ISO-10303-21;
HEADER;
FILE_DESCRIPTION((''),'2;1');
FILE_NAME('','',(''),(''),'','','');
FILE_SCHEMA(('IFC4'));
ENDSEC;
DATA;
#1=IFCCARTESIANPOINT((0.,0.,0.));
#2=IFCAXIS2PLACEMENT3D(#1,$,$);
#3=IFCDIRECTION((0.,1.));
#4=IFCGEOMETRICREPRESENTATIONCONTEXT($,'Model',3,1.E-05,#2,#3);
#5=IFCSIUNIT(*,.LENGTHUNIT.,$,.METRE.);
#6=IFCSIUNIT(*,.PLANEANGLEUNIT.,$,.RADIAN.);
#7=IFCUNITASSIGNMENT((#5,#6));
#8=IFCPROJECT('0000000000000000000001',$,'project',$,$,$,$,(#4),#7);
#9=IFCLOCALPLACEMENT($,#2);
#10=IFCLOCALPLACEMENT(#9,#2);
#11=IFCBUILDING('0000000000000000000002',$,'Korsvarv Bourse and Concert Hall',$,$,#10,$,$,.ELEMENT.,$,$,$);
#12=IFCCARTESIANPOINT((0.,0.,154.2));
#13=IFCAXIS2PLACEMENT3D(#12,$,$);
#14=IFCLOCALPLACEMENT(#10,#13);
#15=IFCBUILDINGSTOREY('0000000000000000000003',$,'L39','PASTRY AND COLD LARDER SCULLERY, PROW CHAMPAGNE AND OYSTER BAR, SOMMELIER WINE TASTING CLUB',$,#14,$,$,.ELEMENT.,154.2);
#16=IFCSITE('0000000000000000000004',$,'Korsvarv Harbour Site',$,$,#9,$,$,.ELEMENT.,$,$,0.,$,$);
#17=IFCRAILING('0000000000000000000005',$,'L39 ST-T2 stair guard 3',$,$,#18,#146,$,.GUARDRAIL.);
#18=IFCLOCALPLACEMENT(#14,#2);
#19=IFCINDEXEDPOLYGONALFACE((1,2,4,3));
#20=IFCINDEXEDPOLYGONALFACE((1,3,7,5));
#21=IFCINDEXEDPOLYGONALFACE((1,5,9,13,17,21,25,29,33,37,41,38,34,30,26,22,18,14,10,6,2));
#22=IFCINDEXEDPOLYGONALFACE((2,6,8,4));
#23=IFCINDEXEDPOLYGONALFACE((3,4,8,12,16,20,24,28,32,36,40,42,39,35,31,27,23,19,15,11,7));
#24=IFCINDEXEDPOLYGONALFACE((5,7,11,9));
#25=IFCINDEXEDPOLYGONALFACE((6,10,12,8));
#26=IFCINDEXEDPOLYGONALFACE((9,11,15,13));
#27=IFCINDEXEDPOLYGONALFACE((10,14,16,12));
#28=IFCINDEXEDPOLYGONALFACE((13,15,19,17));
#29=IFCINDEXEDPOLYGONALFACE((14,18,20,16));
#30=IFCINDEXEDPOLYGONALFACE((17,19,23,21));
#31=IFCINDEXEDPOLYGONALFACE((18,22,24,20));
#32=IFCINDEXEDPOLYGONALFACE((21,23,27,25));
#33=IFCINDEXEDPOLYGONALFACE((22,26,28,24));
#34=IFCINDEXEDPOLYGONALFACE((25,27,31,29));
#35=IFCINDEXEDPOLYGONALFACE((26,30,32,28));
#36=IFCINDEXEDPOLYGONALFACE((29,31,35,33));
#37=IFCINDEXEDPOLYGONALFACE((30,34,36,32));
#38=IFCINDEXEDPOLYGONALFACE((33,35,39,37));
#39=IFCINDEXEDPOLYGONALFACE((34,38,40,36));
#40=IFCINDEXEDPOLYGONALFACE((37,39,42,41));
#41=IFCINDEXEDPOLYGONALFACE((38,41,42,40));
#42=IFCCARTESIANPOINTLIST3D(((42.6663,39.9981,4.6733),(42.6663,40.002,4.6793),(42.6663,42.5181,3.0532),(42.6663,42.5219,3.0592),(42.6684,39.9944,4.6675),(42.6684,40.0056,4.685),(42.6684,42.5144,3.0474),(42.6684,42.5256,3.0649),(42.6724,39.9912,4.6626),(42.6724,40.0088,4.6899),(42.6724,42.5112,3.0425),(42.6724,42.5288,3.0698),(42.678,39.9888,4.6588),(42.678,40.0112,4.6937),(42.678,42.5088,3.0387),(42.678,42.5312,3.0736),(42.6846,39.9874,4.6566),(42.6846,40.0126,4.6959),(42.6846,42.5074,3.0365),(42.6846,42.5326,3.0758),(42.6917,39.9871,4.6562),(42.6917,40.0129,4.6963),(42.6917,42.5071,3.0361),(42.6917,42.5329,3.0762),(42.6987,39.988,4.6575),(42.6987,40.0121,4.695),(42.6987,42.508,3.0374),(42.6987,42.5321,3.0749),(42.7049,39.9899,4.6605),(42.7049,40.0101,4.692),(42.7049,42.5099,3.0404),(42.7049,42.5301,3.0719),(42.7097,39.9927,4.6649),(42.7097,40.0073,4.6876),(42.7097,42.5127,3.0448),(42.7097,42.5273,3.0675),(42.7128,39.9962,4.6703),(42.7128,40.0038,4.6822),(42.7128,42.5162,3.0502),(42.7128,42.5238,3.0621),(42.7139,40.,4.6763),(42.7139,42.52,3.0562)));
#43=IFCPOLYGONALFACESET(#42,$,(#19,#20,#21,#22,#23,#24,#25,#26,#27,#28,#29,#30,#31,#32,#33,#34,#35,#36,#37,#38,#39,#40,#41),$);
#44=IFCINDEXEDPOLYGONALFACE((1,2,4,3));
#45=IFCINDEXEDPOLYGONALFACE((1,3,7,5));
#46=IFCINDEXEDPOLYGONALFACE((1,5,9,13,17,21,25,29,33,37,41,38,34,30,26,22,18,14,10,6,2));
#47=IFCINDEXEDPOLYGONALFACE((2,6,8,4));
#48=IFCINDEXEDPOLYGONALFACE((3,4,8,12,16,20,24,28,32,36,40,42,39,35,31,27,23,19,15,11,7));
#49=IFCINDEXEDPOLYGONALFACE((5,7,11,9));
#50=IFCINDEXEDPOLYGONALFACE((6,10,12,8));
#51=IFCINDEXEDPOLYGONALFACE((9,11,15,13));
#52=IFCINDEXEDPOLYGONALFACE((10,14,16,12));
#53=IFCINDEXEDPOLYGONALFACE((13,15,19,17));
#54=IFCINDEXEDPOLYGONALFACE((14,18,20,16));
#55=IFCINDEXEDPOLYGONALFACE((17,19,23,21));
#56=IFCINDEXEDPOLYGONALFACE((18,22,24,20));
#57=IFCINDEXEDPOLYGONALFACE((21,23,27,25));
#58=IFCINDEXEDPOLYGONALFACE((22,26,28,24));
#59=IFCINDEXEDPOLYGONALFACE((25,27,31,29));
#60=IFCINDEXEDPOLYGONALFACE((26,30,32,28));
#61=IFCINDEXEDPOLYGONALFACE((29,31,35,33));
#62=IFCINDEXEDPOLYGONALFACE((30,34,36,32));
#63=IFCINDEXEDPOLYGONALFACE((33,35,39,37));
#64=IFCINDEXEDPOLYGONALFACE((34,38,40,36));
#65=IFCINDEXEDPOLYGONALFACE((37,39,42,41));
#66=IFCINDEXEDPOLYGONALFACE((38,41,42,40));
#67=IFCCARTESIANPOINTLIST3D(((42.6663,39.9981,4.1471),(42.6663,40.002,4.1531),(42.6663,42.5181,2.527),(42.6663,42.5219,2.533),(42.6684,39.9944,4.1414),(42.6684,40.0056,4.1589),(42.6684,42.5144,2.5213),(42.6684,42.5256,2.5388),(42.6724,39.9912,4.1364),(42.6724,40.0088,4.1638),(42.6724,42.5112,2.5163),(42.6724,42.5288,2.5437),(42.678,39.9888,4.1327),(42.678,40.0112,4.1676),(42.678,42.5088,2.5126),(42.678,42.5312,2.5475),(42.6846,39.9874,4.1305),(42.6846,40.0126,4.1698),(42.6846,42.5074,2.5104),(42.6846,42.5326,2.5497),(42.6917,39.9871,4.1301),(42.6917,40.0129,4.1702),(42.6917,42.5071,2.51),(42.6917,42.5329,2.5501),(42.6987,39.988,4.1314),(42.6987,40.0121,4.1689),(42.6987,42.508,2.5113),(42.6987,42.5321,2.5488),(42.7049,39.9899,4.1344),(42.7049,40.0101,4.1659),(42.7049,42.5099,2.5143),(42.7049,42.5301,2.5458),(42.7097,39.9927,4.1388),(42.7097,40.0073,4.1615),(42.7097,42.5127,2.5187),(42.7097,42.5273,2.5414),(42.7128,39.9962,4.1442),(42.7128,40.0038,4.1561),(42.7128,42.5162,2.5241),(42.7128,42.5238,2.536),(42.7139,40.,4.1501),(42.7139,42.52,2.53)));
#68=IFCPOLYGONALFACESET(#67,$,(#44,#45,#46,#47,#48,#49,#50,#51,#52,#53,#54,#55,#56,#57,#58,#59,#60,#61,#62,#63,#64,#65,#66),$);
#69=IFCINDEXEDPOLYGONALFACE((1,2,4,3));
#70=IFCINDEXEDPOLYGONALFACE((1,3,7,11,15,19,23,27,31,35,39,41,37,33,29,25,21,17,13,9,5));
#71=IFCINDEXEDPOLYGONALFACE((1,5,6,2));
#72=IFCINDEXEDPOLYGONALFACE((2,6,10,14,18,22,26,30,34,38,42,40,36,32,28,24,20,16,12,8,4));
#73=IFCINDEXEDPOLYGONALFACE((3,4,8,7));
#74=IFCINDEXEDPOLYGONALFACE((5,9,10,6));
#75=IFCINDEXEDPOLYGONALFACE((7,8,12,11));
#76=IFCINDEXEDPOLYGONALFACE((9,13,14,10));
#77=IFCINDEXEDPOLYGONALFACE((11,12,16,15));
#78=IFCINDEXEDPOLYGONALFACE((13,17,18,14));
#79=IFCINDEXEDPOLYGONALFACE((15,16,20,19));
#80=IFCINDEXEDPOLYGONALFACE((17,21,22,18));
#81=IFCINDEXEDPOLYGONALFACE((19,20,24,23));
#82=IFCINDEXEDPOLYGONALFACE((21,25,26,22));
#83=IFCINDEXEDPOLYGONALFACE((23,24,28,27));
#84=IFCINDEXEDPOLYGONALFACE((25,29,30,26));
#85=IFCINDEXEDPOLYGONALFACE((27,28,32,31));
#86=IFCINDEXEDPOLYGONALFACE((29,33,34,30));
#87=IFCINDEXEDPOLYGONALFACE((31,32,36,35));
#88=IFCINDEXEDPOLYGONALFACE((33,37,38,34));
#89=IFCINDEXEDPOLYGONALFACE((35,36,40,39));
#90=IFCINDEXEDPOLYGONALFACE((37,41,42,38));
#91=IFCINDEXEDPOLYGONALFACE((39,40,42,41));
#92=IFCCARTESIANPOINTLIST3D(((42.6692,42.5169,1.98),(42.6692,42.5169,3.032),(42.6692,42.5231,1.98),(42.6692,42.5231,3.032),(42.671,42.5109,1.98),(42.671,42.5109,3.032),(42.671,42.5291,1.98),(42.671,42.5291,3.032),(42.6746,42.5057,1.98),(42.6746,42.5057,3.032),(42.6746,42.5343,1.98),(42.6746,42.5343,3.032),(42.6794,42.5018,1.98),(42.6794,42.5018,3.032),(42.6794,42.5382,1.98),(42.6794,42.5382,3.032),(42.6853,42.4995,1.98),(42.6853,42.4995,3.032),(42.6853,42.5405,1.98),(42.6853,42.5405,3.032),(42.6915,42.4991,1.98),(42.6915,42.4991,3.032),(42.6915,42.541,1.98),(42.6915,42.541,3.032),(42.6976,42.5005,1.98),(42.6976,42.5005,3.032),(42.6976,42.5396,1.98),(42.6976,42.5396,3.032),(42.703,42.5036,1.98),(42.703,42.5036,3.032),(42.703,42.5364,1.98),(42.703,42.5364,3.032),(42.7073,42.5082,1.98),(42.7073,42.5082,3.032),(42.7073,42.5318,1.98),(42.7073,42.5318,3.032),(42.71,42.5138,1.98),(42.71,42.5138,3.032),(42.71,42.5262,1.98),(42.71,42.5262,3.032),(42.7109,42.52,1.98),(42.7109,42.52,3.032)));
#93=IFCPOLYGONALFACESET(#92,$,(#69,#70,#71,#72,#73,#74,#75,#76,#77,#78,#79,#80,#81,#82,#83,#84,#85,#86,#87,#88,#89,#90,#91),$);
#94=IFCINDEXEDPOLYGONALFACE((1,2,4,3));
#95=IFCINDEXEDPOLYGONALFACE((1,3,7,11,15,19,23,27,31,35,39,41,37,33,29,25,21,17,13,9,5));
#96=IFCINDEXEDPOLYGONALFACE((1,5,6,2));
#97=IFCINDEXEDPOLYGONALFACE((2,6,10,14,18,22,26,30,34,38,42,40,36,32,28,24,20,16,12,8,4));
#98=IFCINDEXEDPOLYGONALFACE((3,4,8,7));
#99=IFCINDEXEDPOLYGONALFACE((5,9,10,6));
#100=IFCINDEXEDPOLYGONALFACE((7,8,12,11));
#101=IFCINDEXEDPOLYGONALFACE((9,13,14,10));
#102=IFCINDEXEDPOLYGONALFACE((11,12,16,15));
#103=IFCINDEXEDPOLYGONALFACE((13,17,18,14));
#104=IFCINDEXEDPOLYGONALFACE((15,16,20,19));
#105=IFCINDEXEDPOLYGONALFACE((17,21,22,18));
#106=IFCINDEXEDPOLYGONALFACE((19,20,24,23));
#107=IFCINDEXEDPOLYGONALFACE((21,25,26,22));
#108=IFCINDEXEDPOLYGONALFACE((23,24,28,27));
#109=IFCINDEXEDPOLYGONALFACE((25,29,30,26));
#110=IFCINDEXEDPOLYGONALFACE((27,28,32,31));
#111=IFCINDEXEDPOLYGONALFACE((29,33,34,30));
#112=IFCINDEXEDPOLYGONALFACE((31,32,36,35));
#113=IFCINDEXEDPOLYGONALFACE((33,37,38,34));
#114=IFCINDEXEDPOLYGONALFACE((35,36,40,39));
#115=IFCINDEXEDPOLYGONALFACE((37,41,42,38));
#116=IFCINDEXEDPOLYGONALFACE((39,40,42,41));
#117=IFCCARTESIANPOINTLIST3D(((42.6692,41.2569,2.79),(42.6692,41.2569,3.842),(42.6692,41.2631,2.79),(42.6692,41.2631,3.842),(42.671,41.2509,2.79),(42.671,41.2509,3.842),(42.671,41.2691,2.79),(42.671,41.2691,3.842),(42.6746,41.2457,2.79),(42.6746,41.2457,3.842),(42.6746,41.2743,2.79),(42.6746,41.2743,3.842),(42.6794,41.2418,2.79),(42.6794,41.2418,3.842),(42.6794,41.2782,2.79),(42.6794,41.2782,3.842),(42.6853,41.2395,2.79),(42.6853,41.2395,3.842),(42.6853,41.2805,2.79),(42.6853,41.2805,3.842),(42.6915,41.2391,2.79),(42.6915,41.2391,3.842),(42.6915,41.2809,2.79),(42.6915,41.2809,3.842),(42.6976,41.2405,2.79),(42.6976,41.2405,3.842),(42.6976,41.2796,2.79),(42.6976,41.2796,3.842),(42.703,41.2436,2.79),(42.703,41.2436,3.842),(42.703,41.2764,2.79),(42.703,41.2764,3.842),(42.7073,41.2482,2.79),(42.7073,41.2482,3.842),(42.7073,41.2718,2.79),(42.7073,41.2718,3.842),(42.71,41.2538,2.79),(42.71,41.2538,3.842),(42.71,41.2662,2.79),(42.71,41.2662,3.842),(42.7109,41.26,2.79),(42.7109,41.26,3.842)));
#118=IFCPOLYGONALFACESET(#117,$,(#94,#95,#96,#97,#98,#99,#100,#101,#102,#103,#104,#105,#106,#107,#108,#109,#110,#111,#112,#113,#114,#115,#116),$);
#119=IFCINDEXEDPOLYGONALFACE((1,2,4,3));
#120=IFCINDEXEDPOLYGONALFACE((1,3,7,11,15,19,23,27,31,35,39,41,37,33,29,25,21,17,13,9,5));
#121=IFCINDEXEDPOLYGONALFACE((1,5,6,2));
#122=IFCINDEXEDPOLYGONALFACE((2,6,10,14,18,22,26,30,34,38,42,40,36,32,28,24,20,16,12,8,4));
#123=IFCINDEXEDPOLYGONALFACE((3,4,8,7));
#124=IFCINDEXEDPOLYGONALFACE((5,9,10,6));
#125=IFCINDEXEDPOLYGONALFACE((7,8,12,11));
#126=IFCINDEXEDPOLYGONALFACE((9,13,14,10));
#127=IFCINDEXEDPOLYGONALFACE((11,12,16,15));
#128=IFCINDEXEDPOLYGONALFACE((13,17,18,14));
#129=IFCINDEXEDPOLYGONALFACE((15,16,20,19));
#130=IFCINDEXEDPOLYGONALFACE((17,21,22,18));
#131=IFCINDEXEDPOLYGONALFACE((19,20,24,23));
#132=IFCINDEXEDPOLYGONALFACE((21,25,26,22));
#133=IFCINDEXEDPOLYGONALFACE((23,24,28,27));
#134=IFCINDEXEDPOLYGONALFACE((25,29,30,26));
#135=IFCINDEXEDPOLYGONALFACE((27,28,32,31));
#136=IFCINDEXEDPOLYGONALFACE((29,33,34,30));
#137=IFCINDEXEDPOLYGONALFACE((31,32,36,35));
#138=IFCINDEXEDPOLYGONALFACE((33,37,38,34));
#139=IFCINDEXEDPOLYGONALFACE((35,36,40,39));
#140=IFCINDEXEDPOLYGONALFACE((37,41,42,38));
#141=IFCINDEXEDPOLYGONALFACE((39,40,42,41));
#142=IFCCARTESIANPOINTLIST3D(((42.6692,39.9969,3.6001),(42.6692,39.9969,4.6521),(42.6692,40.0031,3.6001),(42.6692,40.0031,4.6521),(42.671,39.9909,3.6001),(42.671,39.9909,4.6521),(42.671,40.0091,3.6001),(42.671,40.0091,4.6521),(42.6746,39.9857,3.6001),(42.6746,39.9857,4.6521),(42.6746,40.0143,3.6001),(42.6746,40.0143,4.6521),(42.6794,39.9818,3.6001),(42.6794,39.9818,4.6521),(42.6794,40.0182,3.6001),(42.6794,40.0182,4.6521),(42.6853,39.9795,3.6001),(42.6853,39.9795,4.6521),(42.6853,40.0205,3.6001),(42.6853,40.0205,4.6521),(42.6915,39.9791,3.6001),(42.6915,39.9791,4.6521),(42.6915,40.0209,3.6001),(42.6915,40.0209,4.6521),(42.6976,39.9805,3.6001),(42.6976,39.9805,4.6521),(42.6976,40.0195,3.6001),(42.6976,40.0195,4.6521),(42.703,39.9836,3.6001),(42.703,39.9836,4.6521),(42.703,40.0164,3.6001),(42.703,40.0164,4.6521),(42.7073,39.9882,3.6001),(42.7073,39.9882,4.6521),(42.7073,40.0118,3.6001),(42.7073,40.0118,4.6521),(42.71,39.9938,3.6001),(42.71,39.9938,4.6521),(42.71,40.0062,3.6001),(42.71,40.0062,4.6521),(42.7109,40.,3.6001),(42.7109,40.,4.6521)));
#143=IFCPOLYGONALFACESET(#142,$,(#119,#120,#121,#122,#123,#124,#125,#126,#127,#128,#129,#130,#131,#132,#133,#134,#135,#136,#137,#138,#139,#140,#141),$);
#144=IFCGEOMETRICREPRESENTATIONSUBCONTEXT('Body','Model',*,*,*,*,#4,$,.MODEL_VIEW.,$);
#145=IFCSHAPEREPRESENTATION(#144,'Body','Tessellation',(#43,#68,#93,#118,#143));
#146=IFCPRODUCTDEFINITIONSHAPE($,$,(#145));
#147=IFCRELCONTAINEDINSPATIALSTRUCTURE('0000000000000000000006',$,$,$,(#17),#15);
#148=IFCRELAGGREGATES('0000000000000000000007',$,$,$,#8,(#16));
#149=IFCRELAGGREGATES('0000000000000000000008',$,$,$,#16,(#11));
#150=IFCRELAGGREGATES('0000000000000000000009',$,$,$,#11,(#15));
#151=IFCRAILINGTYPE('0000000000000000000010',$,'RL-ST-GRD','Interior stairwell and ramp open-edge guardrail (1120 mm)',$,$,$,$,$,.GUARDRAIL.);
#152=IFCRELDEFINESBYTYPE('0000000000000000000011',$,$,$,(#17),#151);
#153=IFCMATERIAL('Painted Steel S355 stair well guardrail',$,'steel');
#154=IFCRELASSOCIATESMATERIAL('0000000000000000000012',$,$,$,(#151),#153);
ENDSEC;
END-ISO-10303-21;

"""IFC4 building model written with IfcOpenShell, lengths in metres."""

from ifc_helpers import new_model, si_unit, direction, frame, origin, origin_2d, place, context, subcontext, project, spatial, circle, extrude, material, type_object, element, save


model = new_model("IFC4")

# Units and contexts
model_context = context("Model", 3, precision=1e-05, world=origin(), true_north=direction((0.0, 1.0)))
body_context = subcontext(model_context, "Body", "Model", "MODEL_VIEW")
ifc_project = project(units=[si_unit("LENGTHUNIT", "METRE"), si_unit("PLANEANGLEUNIT", "RADIAN")], contexts=[model_context])

# Site, building, storey
site_placement = place(None, origin())
site = spatial("IfcSite", under=ifc_project, at=site_placement, Name="Korsvarv Harbour Site", CompositionType="ELEMENT", RefElevation=0.0)
building_placement = place(site_placement, origin())
building = spatial("IfcBuilding", under=site, at=building_placement, Name="Korsvarv Bourse and Concert Hall", CompositionType="ELEMENT")
storey_placement = place(building_placement, frame((0.0, 0.0, 154.2)))
storey = spatial("IfcBuildingStorey", under=building, at=storey_placement, Name="L39", Description="PASTRY AND COLD LARDER SCULLERY, PROW CHAMPAGNE AND OYSTER BAR, SOMMELIER WINE TASTING CLUB", CompositionType="ELEMENT", Elevation=154.2)

# Railing
ifc_material_1 = material(Name="Painted Steel S355 stair well guardrail", Category="steel")
railing_type_1 = type_object("IfcRailingType", Name="RL-ST-GRD", Description="Interior stairwell and ramp open-edge guardrail (1120 mm)", PredefinedType="GUARDRAIL", material=ifc_material_1)
railing_1_placement = place(storey_placement, frame((42.6899, 42.52, 1.98)))
element("IfcRailing", 1, at=railing_1_placement, inside=storey, type_object=railing_type_1, Name="L39 ST-T2 stair guard 3", PredefinedType="GUARDRAIL", context=body_context, shape_type="SweptSolid", body=[
    extrude(circle(Radius=0.0239, at=origin_2d()), frame((0.0, 0.0, 1.0762), z_axis=(0.0, -0.841163, 0.540782), x_axis=(1.0, 0.0, 0.0)), (0.0, 0.0, 1.0), 2.9958),
    extrude(circle(Radius=0.0239, at=origin_2d()), frame((0.0, 0.0, 0.55), z_axis=(0.0, -0.841163, 0.540782), x_axis=(1.0, 0.0, 0.0)), (0.0, 0.0, 1.0), 2.9958),
    extrude(circle(Radius=0.021, at=origin_2d()), origin(), (0.0, 0.0, 1.0), 1.052),
    extrude(circle(Radius=0.021, at=origin_2d()), frame((0.0, -1.26, 0.8101)), (0.0, 0.0, 1.0), 1.052),
    extrude(circle(Radius=0.021, at=origin_2d()), frame((0.0, -2.52, 1.6201)), (0.0, 0.0, 1.0), 1.052),
])

save(model, "model.ifc")
